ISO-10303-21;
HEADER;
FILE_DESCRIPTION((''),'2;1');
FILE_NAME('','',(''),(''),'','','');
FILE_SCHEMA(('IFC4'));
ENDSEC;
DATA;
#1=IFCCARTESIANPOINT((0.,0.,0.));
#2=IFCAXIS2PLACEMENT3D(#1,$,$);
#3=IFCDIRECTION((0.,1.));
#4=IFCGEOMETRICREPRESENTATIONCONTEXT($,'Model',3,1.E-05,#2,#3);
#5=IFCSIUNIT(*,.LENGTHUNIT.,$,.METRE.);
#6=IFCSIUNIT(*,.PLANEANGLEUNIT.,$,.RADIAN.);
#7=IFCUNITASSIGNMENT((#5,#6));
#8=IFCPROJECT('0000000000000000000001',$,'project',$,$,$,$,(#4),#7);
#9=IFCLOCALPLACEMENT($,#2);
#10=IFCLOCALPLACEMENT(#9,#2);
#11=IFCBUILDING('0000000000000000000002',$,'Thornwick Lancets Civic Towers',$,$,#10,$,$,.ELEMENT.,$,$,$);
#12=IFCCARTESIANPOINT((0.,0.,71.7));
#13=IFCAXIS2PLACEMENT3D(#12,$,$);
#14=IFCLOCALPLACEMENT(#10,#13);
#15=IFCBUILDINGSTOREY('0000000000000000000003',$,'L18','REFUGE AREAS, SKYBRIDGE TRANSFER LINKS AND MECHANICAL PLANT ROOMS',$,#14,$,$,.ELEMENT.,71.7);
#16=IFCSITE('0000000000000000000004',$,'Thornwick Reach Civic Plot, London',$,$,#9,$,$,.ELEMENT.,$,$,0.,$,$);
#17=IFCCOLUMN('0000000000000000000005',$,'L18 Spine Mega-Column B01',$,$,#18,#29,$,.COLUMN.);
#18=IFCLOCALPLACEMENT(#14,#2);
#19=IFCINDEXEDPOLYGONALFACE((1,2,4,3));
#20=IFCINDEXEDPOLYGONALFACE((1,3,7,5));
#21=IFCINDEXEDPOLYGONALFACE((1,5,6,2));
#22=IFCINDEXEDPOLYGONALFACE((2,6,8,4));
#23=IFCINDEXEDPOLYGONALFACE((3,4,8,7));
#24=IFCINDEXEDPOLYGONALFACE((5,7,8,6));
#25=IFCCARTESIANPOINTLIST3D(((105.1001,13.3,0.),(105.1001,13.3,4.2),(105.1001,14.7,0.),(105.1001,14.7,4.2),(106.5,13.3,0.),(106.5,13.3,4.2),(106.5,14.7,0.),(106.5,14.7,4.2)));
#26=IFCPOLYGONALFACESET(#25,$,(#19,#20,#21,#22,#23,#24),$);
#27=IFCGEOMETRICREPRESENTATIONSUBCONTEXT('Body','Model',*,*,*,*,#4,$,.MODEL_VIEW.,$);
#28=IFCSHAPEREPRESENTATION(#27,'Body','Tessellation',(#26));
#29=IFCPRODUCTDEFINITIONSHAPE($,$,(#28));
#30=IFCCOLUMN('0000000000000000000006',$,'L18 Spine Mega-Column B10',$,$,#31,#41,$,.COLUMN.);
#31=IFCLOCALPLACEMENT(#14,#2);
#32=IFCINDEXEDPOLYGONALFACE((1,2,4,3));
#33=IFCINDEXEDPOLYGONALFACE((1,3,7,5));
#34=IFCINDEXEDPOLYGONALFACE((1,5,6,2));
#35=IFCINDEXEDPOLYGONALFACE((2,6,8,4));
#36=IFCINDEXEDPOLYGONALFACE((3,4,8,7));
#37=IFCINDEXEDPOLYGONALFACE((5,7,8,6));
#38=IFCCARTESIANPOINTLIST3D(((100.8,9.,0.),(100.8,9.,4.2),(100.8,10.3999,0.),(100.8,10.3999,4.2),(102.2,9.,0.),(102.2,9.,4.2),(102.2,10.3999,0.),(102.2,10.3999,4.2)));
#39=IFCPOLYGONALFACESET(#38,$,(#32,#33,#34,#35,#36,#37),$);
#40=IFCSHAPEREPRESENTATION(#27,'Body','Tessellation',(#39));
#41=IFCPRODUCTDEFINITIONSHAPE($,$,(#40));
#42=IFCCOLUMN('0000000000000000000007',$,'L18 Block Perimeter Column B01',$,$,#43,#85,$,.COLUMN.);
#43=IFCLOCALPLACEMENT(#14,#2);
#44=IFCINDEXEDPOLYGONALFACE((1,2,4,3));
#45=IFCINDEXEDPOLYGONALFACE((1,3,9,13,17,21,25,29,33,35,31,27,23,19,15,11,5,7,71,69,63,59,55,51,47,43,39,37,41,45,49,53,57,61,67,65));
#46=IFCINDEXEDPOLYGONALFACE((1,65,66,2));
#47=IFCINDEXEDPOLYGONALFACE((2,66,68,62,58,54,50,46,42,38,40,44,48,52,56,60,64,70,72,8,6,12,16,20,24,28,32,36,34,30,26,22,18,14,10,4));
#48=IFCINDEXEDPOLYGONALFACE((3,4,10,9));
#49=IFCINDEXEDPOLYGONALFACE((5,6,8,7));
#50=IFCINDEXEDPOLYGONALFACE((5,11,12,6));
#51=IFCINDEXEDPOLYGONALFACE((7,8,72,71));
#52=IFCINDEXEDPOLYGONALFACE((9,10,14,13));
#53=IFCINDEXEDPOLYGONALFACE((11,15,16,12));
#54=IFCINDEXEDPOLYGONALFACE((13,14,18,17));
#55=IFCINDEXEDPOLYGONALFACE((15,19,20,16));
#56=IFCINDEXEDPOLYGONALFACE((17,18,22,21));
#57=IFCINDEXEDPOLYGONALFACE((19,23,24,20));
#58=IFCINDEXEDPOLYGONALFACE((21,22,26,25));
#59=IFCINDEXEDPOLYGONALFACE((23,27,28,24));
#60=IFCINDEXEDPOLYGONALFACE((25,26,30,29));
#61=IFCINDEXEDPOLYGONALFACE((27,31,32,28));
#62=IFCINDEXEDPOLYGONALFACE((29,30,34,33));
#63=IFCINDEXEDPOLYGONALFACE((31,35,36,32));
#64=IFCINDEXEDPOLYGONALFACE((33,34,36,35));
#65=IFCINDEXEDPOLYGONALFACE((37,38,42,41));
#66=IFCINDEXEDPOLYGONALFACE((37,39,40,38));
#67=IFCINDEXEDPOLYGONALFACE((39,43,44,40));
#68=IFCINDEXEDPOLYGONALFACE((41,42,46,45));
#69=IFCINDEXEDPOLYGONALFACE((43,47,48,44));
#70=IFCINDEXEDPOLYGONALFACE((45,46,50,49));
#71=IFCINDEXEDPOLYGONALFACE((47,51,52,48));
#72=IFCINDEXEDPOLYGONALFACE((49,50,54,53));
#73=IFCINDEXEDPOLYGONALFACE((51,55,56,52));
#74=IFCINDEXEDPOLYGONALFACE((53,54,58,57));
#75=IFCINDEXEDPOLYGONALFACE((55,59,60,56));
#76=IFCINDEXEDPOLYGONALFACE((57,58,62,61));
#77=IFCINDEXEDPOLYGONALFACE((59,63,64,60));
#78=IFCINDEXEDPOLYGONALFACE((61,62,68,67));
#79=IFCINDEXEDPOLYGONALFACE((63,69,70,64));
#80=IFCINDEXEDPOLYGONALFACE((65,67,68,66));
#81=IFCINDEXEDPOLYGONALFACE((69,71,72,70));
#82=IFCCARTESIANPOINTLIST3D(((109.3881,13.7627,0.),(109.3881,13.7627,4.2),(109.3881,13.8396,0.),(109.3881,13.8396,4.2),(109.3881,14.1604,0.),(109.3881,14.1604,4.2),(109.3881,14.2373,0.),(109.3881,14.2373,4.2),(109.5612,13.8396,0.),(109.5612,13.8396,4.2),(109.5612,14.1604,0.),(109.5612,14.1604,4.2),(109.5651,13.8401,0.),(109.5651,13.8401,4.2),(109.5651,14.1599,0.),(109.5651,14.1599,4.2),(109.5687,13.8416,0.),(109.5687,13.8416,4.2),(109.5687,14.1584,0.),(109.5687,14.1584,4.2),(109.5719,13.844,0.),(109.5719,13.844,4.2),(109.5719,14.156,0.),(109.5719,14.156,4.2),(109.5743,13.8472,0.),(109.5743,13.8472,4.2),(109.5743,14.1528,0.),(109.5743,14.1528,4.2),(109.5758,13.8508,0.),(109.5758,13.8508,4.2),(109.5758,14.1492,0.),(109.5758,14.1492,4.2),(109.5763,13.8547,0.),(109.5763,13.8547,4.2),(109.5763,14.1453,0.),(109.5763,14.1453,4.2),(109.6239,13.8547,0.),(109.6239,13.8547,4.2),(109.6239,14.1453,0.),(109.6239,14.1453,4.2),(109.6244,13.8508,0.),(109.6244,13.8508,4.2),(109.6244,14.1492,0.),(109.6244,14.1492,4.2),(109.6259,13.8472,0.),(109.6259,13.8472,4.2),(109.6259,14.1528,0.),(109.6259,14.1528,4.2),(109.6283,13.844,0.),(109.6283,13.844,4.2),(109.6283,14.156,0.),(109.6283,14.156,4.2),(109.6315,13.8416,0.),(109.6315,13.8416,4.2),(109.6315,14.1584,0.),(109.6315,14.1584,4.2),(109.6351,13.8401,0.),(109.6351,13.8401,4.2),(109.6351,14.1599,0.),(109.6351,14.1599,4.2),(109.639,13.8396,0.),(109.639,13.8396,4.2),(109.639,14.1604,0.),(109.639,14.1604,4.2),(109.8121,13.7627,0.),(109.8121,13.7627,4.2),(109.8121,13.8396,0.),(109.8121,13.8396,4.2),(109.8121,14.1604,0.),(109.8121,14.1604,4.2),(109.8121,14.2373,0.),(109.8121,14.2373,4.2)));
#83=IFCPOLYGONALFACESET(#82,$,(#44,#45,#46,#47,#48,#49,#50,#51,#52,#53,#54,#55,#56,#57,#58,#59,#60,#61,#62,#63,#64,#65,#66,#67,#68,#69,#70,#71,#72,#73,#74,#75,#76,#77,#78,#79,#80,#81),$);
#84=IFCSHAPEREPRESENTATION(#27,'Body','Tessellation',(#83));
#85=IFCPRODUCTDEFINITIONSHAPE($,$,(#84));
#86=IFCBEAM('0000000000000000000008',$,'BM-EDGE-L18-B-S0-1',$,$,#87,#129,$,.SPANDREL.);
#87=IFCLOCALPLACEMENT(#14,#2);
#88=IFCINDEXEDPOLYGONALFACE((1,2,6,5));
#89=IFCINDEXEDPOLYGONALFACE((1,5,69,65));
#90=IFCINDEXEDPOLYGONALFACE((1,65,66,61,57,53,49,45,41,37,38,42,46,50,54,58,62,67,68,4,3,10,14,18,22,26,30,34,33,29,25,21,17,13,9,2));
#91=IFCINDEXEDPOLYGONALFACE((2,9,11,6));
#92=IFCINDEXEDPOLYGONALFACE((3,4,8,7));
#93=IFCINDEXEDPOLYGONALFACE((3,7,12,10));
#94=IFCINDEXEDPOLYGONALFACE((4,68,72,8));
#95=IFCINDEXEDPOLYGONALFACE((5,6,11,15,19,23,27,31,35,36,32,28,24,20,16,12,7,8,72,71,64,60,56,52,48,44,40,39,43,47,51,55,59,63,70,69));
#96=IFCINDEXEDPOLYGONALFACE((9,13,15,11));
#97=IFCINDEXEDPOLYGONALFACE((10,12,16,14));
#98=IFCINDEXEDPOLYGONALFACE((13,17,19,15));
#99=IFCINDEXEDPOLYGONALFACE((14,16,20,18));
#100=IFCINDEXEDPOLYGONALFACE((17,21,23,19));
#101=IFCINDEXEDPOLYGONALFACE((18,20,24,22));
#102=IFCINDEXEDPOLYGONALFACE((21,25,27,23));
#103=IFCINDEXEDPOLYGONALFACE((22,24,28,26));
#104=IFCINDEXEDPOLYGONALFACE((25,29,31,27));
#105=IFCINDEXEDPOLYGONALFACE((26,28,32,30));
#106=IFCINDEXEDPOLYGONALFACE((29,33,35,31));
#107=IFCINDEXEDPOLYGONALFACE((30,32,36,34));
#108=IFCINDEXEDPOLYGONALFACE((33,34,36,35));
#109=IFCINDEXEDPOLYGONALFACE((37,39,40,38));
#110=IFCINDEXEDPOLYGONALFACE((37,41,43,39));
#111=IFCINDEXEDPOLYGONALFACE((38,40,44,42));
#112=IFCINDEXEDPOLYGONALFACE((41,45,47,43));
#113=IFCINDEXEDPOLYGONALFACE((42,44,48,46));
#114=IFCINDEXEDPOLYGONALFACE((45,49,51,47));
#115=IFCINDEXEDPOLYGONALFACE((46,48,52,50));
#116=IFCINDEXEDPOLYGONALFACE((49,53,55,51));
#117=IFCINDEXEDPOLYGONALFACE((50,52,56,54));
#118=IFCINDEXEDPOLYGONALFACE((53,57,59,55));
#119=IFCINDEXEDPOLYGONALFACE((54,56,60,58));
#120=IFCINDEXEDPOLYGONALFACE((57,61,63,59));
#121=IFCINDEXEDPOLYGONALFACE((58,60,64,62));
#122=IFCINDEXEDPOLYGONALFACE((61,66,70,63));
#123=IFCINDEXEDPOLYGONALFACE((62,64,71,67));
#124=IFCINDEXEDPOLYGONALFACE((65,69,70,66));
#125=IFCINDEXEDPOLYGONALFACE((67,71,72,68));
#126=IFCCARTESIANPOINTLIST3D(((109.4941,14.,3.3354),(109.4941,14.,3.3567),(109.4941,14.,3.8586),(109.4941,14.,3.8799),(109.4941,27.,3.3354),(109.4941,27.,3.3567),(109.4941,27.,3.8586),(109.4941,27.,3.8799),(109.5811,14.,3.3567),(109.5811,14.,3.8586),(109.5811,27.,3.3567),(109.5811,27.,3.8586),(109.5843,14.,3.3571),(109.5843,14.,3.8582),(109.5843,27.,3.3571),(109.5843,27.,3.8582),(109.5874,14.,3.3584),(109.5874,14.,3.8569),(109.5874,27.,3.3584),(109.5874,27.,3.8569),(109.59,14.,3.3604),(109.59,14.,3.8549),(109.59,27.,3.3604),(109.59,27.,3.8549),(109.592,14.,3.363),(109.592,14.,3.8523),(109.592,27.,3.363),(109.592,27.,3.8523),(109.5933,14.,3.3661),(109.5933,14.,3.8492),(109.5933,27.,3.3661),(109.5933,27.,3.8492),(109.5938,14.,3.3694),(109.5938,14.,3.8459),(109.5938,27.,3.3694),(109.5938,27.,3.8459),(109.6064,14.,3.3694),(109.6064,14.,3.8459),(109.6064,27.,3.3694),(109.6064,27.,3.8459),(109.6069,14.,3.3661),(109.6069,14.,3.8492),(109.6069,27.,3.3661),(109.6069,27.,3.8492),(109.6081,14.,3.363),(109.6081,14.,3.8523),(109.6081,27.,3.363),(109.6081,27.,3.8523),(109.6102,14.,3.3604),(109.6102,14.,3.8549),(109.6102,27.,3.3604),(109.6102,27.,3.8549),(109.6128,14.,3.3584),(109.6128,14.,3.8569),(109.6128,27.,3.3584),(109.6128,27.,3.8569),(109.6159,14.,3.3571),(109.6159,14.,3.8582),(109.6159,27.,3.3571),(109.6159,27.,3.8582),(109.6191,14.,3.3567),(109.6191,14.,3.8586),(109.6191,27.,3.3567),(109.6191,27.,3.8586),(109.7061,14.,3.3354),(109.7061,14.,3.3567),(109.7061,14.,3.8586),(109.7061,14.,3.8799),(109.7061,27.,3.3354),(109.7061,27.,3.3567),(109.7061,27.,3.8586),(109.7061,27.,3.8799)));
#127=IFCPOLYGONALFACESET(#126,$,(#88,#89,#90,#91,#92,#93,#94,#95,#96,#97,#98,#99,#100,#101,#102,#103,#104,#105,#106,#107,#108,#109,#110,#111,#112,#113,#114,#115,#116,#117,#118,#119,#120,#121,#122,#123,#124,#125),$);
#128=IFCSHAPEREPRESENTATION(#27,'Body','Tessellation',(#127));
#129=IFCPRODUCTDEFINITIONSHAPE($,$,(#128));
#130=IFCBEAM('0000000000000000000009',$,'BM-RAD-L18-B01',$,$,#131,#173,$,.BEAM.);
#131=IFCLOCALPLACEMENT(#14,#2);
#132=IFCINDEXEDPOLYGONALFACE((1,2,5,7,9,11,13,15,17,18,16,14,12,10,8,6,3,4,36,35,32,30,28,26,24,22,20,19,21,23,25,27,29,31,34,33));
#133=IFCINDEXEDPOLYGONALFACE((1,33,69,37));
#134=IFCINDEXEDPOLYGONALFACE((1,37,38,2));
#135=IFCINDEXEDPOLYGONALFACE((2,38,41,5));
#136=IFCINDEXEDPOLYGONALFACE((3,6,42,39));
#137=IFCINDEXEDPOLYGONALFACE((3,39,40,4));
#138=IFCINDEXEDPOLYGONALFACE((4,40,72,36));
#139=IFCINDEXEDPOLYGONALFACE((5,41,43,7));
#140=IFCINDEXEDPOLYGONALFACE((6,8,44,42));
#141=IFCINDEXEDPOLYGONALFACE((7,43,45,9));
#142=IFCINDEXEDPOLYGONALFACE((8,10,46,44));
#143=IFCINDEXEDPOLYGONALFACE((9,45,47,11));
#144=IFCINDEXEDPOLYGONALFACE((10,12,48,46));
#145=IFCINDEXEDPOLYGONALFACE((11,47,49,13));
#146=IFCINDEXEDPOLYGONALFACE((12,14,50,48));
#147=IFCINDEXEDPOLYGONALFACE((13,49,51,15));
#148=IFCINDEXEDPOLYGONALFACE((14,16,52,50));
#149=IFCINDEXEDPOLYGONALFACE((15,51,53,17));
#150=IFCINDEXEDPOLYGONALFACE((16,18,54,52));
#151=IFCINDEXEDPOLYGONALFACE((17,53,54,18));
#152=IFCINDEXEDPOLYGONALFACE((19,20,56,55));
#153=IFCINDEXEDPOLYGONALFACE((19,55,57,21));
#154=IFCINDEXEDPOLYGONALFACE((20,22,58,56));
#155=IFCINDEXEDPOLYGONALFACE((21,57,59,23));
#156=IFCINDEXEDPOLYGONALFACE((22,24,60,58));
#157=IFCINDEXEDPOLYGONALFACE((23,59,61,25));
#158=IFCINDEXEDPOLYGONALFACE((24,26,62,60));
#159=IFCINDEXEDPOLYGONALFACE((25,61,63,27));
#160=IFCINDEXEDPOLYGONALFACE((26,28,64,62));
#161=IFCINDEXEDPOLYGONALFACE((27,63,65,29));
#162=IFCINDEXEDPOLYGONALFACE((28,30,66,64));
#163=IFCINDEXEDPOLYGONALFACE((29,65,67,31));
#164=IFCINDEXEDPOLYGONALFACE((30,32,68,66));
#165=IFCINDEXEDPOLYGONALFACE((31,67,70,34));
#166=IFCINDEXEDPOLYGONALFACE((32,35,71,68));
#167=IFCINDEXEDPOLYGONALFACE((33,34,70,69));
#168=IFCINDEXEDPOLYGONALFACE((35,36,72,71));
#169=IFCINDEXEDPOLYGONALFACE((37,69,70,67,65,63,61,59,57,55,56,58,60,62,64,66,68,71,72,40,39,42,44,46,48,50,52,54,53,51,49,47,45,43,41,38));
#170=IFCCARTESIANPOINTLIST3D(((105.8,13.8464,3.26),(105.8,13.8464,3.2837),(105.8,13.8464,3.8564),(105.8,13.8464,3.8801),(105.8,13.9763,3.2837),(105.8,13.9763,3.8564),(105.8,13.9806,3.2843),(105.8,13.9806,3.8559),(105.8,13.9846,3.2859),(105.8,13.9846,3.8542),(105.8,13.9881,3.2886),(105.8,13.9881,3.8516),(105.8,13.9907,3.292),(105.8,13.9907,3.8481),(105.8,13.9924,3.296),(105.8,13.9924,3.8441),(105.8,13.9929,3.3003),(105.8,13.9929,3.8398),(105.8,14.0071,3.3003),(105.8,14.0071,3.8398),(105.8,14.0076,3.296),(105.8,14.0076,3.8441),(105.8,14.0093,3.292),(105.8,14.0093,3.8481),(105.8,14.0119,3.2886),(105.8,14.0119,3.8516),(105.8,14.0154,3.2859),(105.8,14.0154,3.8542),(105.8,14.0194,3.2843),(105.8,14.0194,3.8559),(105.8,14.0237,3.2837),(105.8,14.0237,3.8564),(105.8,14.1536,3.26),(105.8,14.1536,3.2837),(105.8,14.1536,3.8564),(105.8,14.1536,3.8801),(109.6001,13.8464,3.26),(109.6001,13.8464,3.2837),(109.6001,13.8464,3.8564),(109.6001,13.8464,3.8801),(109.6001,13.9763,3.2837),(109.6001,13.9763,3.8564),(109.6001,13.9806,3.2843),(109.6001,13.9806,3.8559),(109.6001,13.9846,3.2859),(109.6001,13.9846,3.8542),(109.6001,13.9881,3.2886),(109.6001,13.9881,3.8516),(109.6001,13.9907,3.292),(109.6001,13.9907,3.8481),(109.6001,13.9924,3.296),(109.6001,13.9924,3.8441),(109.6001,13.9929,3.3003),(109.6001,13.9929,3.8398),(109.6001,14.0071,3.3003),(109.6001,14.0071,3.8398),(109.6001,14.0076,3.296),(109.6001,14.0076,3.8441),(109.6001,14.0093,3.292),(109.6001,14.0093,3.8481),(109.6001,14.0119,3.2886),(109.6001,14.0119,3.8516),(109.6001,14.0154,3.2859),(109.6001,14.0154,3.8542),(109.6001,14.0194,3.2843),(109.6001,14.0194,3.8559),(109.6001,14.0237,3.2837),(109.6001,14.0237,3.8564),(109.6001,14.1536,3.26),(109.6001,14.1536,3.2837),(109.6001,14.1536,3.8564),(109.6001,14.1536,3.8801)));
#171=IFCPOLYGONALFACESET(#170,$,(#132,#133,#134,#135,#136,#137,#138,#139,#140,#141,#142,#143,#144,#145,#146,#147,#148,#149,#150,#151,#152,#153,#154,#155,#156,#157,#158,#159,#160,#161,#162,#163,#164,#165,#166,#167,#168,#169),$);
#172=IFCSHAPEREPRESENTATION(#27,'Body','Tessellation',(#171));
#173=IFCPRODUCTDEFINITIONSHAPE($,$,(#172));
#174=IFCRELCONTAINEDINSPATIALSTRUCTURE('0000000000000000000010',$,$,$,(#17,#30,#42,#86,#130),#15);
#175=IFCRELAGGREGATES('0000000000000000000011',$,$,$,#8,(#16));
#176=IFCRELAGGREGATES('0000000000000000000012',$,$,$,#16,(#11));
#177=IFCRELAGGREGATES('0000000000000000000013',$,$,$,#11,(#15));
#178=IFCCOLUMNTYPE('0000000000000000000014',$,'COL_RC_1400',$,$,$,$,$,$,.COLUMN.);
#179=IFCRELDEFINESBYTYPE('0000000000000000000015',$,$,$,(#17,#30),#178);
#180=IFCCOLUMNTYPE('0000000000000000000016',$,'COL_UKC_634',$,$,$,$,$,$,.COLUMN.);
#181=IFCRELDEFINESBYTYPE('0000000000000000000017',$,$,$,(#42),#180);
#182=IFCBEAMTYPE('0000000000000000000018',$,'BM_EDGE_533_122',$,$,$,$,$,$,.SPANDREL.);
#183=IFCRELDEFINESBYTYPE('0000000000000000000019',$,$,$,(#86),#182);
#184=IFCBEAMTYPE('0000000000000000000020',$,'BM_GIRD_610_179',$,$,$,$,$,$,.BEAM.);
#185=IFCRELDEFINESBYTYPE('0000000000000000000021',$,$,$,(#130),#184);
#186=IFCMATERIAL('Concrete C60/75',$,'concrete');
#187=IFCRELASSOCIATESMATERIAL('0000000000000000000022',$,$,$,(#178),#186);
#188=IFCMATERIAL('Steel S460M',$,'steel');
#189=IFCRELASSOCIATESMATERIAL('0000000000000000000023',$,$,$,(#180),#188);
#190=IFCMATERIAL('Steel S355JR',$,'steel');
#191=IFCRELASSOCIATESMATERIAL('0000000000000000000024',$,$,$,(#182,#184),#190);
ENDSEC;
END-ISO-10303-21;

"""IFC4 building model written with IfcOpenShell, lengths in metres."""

from ifc_helpers import new_model, si_unit, direction, frame, origin, origin_2d, place, context, subcontext, project, spatial, rectangle, i_section, extrude, material, material_profile, profile_set, type_object, element, save


model = new_model("IFC4")

# Units and contexts
model_context = context("Model", 3, precision=1e-05, world=origin(), true_north=direction((0.0, 1.0)))
body_context = subcontext(model_context, "Body", "Model", "MODEL_VIEW")
ifc_project = project(units=[si_unit("LENGTHUNIT", "METRE"), si_unit("PLANEANGLEUNIT", "RADIAN")], contexts=[model_context])

# Site, building, storey
site_placement = place(None, origin())
site = spatial("IfcSite", under=ifc_project, at=site_placement, Name="Thornwick Reach Civic Plot, London", CompositionType="ELEMENT", RefElevation=0.0)
building_placement = place(site_placement, origin())
building = spatial("IfcBuilding", under=site, at=building_placement, Name="Thornwick Lancets Civic Towers", CompositionType="ELEMENT")
storey_placement = place(building_placement, frame((0.0, 0.0, 71.7)))
storey = spatial("IfcBuildingStorey", under=building, at=storey_placement, Name="L18", Description="REFUGE AREAS, SKYBRIDGE TRANSFER LINKS AND MECHANICAL PLANT ROOMS", CompositionType="ELEMENT", Elevation=71.7)

# Columns
ifc_material_1 = material(Name="Concrete C60/75", Category="concrete")
ifc_material_profile_1 = material_profile(ifc_material_1, rectangle(XDim=1.3999, YDim=1.3999, at=origin_2d()), Name="RC 1400x1400")
ifc_profile_set_1 = profile_set([ifc_material_profile_1], Name="Concrete C60/75")
column_type_1 = type_object("IfcColumnType", Name="COL_RC_1400", PredefinedType="COLUMN", material=ifc_profile_set_1)
for number, where, z_axis, x_axis, name in (
    (1, (105.8, 14.0, 0.0), (0.0, 0.0, 1.0), (1.0, 0.0, 0.0), "L18 Spine Mega-Column B01"),
    (2, (101.5, 9.7, 0.0), (0.0, 0.0, 1.0), (1.0, 0.0, 0.0), "L18 Spine Mega-Column B10"),
):
    element("IfcColumn", number, at=place(storey_placement, frame(where, z_axis=z_axis, x_axis=x_axis)), inside=storey, type_object=column_type_1, Name=name, PredefinedType="COLUMN", context=body_context, shape_type="SweptSolid", body=[
        extrude(rectangle(XDim=1.3999, YDim=1.3999, at=origin_2d()), origin(), (0.0, 0.0, 1.0), 4.2),
    ])
ifc_material_2 = material(Name="Steel S460M", Category="steel")
ifc_material_profile_2 = material_profile(ifc_material_2, i_section(OverallWidth=0.4241, OverallDepth=0.4746, WebThickness=0.0476, FlangeThickness=0.0769, FilletRadius=0.0151, at=origin_2d()), Name="UKC 356x406x634")
ifc_profile_set_2 = profile_set([ifc_material_profile_2], Name="Steel S460M")
column_type_2 = type_object("IfcColumnType", Name="COL_UKC_634", PredefinedType="COLUMN", material=ifc_profile_set_2)
column_placement = place(storey_placement, frame((109.6001, 14.0, 0.0), z_axis=(0.0, 0.0, 1.0), x_axis=(1.0, 0.0, 0.0)))
element("IfcColumn", 3, at=column_placement, inside=storey, type_object=column_type_2, Name="L18 Block Perimeter Column B01", PredefinedType="COLUMN", context=body_context, shape_type="SweptSolid", body=[
    extrude(i_section(OverallWidth=0.4241, OverallDepth=0.4746, WebThickness=0.0476, FlangeThickness=0.0769, FilletRadius=0.0151, at=origin_2d()), origin(), (0.0, 0.0, 1.0), 4.2),
])

# Beams
ifc_material_3 = material(Name="Steel S355JR", Category="steel")
ifc_material_profile_3 = material_profile(ifc_material_3, i_section(OverallWidth=0.2119, OverallDepth=0.5444, WebThickness=0.0127, FlangeThickness=0.0212, FilletRadius=0.0127, at=origin_2d()), Name="UKB 533x210x122")
ifc_profile_set_3 = profile_set([ifc_material_profile_3], Name="Steel S355JR")
beam_type_1 = type_object("IfcBeamType", Name="BM_EDGE_533_122", PredefinedType="SPANDREL", material=ifc_profile_set_3)
beam_1_placement = place(storey_placement, frame((109.6001, 14.0, 3.6077), z_axis=(0.0, 1.0, 0.0), x_axis=(-1.0, 0.0, 0.0)))
element("IfcBeam", 4, at=beam_1_placement, inside=storey, type_object=beam_type_1, Name="BM-EDGE-L18-B-S0-1", PredefinedType="SPANDREL", context=body_context, shape_type="SweptSolid", body=[
    extrude(i_section(OverallWidth=0.2119, OverallDepth=0.5444, WebThickness=0.0127, FlangeThickness=0.0212, FilletRadius=0.0127, at=origin_2d()), origin(), (0.0, 0.0, 1.0), 13.0),
])
ifc_material_profile_4 = material_profile(ifc_material_3, i_section(OverallWidth=0.3071, OverallDepth=0.6201, WebThickness=0.0142, FlangeThickness=0.0237, FilletRadius=0.0166, at=origin_2d()), Name="UKB 610x305x179")
ifc_profile_set_4 = profile_set([ifc_material_profile_4], Name="Steel S355JR")
beam_type_2 = type_object("IfcBeamType", Name="BM_GIRD_610_179", PredefinedType="BEAM", material=ifc_profile_set_4)
beam_2_placement = place(storey_placement, frame((105.8, 14.0, 3.5701), z_axis=(1.0, 0.0, 0.0), x_axis=(0.0, 1.0, 0.0)))
element("IfcBeam", 5, at=beam_2_placement, inside=storey, type_object=beam_type_2, Name="BM-RAD-L18-B01", PredefinedType="BEAM", context=body_context, shape_type="SweptSolid", body=[
    extrude(i_section(OverallWidth=0.3071, OverallDepth=0.6201, WebThickness=0.0142, FlangeThickness=0.0237, FilletRadius=0.0166, at=origin_2d()), origin(), (0.0, 0.0, 1.0), 3.8),
])

save(model, "model.ifc")
